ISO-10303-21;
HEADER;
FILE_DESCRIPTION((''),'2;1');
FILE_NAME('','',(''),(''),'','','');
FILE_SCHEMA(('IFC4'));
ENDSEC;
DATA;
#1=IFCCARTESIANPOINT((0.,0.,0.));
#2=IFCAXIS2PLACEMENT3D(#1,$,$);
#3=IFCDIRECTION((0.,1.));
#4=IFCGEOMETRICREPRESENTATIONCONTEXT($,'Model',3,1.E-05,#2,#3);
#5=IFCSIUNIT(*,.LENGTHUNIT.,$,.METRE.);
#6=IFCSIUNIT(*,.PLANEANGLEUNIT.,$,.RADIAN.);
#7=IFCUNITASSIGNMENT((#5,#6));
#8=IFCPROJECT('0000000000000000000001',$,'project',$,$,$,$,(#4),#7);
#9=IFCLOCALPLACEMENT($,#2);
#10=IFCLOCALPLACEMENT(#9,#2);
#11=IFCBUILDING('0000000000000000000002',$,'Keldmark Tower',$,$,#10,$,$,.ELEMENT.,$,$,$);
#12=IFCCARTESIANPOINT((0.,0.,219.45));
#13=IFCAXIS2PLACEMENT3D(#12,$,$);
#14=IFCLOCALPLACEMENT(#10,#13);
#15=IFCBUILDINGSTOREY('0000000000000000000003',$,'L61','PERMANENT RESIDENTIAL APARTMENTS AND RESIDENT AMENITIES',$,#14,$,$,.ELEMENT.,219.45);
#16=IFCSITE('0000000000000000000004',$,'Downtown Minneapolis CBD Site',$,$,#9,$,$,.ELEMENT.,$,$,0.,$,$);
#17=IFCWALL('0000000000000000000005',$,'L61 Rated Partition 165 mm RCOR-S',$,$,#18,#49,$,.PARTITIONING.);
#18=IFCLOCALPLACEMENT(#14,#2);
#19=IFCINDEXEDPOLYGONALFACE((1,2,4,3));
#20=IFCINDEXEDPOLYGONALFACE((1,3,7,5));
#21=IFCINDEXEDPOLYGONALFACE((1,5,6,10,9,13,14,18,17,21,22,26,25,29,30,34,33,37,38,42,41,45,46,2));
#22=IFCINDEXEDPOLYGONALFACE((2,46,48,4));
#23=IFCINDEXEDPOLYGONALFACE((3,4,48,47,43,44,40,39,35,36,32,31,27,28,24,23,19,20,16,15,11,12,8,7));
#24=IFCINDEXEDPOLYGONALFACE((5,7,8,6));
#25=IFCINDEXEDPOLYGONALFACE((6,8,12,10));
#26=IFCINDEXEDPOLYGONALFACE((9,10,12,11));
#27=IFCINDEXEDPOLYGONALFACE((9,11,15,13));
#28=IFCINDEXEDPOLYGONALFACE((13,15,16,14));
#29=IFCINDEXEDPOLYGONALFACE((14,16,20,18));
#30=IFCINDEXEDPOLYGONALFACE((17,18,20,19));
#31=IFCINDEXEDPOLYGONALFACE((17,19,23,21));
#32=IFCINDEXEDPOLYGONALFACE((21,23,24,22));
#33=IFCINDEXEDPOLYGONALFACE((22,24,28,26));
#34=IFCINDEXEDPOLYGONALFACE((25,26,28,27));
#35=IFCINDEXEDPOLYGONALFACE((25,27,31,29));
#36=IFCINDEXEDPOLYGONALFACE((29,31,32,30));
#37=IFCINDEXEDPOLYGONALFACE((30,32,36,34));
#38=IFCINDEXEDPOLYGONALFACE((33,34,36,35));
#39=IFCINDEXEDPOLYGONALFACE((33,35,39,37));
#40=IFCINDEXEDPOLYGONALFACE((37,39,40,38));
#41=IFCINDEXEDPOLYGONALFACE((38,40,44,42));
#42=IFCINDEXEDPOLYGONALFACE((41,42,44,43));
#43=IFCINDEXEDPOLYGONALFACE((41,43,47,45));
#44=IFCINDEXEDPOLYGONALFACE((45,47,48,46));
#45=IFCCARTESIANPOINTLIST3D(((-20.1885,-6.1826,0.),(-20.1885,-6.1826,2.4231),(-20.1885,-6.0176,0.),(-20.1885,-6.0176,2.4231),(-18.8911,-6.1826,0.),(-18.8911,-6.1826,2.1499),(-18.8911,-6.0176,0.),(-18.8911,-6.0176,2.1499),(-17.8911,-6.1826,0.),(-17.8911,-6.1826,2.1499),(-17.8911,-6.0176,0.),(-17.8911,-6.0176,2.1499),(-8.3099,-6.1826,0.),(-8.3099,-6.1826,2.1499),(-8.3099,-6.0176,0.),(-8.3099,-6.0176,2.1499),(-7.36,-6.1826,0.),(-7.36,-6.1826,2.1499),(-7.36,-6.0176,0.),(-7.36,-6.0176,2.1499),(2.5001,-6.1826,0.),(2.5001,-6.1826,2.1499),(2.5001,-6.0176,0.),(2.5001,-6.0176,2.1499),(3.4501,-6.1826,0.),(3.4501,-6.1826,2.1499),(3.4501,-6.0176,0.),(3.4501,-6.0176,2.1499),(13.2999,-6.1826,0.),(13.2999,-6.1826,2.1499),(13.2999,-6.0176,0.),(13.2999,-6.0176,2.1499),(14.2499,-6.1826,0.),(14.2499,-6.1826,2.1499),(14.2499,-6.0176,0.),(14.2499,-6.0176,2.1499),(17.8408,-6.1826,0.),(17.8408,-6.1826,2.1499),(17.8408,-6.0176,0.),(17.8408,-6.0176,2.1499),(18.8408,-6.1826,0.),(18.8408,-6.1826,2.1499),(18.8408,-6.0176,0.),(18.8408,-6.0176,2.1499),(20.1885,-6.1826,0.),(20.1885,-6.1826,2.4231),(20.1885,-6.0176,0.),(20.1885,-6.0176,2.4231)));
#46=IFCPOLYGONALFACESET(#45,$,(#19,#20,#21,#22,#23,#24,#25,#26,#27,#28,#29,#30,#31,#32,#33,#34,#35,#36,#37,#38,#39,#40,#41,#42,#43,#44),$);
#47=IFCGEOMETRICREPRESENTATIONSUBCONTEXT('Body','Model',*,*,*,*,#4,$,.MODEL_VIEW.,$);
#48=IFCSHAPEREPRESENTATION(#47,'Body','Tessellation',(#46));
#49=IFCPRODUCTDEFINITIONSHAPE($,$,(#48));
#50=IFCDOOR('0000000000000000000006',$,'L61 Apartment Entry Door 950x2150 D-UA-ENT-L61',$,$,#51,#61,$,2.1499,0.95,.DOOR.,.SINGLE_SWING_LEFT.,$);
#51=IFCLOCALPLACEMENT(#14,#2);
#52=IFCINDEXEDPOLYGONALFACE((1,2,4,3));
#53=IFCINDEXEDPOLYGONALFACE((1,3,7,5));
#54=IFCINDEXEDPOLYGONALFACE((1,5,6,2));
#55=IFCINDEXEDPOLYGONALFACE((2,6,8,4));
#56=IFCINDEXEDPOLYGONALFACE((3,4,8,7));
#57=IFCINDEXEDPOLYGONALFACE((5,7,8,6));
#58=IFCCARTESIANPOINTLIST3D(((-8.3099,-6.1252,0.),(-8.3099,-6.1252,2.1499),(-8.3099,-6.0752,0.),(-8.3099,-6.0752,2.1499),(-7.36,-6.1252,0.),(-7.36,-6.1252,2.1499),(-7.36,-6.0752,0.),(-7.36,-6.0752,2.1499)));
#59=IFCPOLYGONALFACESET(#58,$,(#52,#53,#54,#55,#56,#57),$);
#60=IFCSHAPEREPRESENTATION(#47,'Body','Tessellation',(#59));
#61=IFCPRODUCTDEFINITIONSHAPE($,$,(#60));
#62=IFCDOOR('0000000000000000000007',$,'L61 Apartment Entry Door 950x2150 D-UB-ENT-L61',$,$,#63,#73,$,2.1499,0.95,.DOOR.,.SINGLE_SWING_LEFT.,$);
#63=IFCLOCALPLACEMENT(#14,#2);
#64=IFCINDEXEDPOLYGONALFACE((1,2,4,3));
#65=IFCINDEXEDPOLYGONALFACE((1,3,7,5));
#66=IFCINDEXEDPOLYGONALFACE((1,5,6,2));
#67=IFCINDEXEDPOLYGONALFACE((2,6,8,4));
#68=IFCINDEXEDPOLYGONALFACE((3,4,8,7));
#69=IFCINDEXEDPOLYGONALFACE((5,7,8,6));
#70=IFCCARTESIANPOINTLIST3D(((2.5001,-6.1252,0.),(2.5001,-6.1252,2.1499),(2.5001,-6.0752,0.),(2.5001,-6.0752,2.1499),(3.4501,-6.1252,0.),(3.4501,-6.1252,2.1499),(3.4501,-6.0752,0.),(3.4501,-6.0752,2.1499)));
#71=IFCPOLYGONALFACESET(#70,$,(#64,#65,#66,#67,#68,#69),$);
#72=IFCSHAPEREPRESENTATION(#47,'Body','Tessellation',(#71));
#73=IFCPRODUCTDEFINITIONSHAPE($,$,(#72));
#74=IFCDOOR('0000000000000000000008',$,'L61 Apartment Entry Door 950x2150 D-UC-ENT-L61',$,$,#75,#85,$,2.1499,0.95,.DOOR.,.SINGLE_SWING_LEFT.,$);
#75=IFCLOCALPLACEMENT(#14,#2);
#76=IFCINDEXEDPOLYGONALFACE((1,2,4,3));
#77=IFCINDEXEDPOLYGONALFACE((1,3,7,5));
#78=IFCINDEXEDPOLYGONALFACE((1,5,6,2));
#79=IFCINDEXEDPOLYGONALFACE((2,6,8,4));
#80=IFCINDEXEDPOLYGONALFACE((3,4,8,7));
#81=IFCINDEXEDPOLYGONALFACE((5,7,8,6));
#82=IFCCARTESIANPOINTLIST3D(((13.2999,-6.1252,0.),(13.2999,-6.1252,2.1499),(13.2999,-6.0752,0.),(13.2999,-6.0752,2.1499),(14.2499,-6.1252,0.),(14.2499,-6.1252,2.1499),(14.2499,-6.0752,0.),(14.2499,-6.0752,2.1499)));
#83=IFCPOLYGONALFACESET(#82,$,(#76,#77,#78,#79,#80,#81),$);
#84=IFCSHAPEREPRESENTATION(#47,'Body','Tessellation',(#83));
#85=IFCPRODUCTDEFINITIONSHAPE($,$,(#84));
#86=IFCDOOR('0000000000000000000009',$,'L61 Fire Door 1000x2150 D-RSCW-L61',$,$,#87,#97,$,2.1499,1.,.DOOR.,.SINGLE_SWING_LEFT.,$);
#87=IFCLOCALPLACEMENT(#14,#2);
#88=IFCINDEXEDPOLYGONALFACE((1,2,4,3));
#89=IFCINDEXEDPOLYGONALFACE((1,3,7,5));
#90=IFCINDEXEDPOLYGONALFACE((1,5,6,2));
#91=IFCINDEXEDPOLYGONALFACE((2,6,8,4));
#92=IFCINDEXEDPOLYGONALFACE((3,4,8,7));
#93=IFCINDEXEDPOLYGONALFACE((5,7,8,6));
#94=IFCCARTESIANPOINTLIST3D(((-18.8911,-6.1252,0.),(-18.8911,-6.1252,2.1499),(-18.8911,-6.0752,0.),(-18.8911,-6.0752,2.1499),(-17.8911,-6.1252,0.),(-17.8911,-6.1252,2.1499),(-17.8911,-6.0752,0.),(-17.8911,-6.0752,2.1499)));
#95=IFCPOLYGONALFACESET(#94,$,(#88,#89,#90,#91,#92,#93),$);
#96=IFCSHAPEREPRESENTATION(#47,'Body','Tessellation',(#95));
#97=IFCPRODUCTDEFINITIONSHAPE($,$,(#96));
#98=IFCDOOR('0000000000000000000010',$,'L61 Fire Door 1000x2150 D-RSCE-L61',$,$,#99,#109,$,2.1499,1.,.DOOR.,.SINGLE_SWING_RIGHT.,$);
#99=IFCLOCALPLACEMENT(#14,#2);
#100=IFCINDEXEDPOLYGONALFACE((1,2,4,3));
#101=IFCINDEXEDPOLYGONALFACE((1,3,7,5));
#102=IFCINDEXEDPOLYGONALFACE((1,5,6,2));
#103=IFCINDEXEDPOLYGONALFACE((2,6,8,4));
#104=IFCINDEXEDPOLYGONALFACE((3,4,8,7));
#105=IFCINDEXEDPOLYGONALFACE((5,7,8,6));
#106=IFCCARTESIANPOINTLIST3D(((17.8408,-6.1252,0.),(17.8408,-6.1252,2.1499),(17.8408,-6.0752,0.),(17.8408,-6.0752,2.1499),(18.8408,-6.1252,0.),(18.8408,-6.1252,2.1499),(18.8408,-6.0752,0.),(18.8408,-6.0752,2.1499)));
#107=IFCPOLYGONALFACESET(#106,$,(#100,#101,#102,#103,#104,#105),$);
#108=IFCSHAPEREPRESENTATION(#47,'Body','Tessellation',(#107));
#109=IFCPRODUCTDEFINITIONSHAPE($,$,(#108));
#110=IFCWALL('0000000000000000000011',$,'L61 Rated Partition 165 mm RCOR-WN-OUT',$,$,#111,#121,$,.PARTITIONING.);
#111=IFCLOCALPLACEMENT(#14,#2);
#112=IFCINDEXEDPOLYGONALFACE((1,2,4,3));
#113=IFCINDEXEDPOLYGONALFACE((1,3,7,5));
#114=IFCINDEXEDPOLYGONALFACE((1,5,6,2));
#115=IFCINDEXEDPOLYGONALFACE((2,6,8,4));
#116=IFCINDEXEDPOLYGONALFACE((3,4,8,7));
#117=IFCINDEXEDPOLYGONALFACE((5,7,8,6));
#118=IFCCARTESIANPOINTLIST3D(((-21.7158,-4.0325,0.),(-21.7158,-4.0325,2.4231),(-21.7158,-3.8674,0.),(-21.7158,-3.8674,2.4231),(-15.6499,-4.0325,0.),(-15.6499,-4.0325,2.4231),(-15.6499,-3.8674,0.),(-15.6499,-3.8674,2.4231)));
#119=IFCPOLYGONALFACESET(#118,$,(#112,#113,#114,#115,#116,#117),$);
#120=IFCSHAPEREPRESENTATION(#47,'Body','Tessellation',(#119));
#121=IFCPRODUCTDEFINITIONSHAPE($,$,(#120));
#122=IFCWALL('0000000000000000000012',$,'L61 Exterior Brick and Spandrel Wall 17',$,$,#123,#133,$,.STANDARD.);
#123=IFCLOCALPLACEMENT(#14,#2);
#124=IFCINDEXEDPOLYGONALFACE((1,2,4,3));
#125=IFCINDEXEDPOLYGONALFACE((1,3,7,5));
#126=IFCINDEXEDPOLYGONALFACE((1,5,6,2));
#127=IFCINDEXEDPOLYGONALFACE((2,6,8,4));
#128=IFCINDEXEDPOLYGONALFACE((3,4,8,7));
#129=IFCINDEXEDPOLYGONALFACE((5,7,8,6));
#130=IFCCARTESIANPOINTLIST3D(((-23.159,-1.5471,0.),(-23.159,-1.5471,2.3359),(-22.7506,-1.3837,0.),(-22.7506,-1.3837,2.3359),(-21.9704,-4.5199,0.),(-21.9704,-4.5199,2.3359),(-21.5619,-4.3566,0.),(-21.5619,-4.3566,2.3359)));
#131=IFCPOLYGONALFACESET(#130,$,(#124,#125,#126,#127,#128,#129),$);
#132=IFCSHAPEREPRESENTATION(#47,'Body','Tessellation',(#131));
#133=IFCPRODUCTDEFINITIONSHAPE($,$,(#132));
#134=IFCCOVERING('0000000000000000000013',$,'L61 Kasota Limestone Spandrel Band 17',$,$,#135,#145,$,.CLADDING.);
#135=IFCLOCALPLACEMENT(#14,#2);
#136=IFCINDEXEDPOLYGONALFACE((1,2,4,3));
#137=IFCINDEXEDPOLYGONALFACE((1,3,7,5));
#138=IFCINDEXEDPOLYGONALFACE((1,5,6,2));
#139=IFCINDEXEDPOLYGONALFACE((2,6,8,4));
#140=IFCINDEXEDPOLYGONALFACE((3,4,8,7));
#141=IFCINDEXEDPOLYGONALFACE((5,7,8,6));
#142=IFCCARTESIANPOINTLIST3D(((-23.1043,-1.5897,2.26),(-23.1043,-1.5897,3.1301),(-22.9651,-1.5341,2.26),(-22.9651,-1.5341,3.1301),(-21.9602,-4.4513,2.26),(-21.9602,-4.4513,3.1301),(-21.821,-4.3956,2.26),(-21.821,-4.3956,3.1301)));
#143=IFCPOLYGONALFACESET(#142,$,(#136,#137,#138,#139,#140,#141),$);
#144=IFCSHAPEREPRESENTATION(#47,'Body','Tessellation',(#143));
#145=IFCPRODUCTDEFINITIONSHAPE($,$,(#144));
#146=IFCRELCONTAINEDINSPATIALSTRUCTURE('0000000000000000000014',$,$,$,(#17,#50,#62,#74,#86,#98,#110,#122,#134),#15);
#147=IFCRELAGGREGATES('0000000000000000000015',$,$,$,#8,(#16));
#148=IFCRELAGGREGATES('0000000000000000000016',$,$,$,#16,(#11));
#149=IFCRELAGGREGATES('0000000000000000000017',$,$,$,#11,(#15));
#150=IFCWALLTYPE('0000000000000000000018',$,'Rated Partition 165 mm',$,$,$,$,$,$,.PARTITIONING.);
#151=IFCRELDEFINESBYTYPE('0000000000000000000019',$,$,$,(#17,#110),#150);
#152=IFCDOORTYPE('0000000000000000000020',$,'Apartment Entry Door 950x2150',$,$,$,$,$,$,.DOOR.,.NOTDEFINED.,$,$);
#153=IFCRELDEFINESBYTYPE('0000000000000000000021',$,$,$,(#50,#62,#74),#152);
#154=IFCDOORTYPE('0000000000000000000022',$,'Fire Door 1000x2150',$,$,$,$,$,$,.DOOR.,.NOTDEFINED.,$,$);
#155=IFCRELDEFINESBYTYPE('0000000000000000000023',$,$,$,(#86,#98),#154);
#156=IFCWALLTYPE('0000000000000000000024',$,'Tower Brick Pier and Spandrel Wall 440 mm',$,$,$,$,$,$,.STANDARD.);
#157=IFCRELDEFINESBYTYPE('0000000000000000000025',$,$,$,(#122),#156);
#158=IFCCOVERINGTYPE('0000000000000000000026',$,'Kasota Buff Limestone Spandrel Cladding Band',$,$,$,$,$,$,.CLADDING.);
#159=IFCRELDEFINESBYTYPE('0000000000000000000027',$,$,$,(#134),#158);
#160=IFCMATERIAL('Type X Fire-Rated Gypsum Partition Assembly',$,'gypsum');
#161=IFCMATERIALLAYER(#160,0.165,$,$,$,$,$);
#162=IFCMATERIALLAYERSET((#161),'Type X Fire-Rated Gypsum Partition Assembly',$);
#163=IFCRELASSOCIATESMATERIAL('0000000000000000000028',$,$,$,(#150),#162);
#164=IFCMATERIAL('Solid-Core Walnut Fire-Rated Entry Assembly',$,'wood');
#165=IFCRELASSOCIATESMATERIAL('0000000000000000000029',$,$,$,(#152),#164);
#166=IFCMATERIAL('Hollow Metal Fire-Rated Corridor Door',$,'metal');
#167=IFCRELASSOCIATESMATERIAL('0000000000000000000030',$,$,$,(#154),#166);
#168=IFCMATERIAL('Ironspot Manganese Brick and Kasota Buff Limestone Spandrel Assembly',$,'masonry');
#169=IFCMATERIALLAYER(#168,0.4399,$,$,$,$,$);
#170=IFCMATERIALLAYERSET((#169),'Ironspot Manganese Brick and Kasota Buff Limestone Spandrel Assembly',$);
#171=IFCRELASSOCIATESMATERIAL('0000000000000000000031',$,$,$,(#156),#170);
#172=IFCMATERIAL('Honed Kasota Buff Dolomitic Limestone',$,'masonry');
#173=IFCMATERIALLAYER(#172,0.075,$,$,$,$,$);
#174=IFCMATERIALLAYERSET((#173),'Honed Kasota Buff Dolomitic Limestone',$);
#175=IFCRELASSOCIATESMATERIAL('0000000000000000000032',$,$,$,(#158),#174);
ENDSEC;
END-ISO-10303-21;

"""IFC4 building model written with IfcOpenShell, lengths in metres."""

from ifc_helpers import new_model, si_unit, direction, frame, frame_2d, origin, origin_2d, place, context, subcontext, project, spatial, rectangle, extrude, material, layer, layer_set, type_object, element, fill, save


model = new_model("IFC4")

# Units and contexts
model_context = context("Model", 3, precision=1e-05, world=origin(), true_north=direction((0.0, 1.0)))
body_context = subcontext(model_context, "Body", "Model", "MODEL_VIEW")
ifc_project = project(units=[si_unit("LENGTHUNIT", "METRE"), si_unit("PLANEANGLEUNIT", "RADIAN")], contexts=[model_context])

# Site, building, storey
site_placement = place(None, origin())
site = spatial("IfcSite", under=ifc_project, at=site_placement, Name="Downtown Minneapolis CBD Site", CompositionType="ELEMENT", RefElevation=0.0)
building_placement = place(site_placement, origin())
building = spatial("IfcBuilding", under=site, at=building_placement, Name="Keldmark Tower", CompositionType="ELEMENT")
storey_placement = place(building_placement, frame((0.0, 0.0, 219.45)))
storey = spatial("IfcBuildingStorey", under=building, at=storey_placement, Name="L61", Description="PERMANENT RESIDENTIAL APARTMENTS AND RESIDENT AMENITIES", CompositionType="ELEMENT", Elevation=219.45)

# Wall, openings, doors
ifc_material_1 = material(Name="Type X Fire-Rated Gypsum Partition Assembly", Category="gypsum")
ifc_layer_1 = layer(ifc_material_1, 0.165)
ifc_layer_set_1 = layer_set([ifc_layer_1], Name="Type X Fire-Rated Gypsum Partition Assembly")
wall_type_1 = type_object("IfcWallType", Name="Rated Partition 165 mm", PredefinedType="PARTITIONING", material=ifc_layer_set_1)
wall_1_placement = place(storey_placement, frame((-20.1885, -6.1001, 0.0), z_axis=(0.0, 0.0, 1.0), x_axis=(1.0, 0.0, 0.0)))
wall_1 = element("IfcWall", 1, at=wall_1_placement, inside=storey, type_object=wall_type_1, Name="L61 Rated Partition 165 mm RCOR-S", PredefinedType="PARTITIONING", context=body_context, shape_type="SweptSolid", body=[
    extrude(rectangle(XDim=40.377, YDim=0.165, at=frame_2d((20.1885, 0.0))), origin(), (0.0, 0.0, 1.0), 2.4231),
])
opening_1_placement = place(wall_1_placement, frame((1.2974, 0.0, 0.0)))
opening_1 = element("IfcOpeningElement", 2, at=opening_1_placement, cuts=wall_1, PredefinedType="OPENING", context=body_context, shape_type="SweptSolid", body=[
    extrude(rectangle(XDim=1.0, YDim=2.1499, at=frame_2d((0.5, 1.075))), frame((0.0, 0.0925, 0.0), z_axis=(0.0, -1.0, 0.0), x_axis=(1.0, 0.0, 0.0)), (0.0, 0.0, 1.0), 0.1851),
])
opening_2_placement = place(wall_1_placement, frame((38.0293, 0.0, 0.0)))
opening_2 = element("IfcOpeningElement", 3, at=opening_2_placement, cuts=wall_1, PredefinedType="OPENING", context=body_context, shape_type="SweptSolid", body=[
    extrude(rectangle(XDim=1.0, YDim=2.1499, at=frame_2d((0.5, 1.075))), frame((0.0, 0.0925, 0.0), z_axis=(0.0, -1.0, 0.0), x_axis=(1.0, 0.0, 0.0)), (0.0, 0.0, 1.0), 0.1851),
])
opening_3_placement = place(wall_1_placement, frame((11.8784, 0.0, 0.0)))
opening_3 = element("IfcOpeningElement", 4, at=opening_3_placement, cuts=wall_1, PredefinedType="OPENING", context=body_context, shape_type="SweptSolid", body=[
    extrude(rectangle(XDim=0.95, YDim=2.1499, at=frame_2d((0.4751, 1.075))), frame((0.0, 0.0925, 0.0), z_axis=(0.0, -1.0, 0.0), x_axis=(1.0, 0.0, 0.0)), (0.0, 0.0, 1.0), 0.1851),
])
opening_4_placement = place(wall_1_placement, frame((22.6885, 0.0, 0.0)))
opening_4 = element("IfcOpeningElement", 5, at=opening_4_placement, cuts=wall_1, PredefinedType="OPENING", context=body_context, shape_type="SweptSolid", body=[
    extrude(rectangle(XDim=0.95, YDim=2.1499, at=frame_2d((0.4751, 1.075))), frame((0.0, 0.0925, 0.0), z_axis=(0.0, -1.0, 0.0), x_axis=(1.0, 0.0, 0.0)), (0.0, 0.0, 1.0), 0.1851),
])
opening_5_placement = place(wall_1_placement, frame((33.4883, 0.0, 0.0)))
opening_5 = element("IfcOpeningElement", 6, at=opening_5_placement, cuts=wall_1, PredefinedType="OPENING", context=body_context, shape_type="SweptSolid", body=[
    extrude(rectangle(XDim=0.95, YDim=2.1499, at=frame_2d((0.4751, 1.075))), frame((0.0, 0.0925, 0.0), z_axis=(0.0, -1.0, 0.0), x_axis=(1.0, 0.0, 0.0)), (0.0, 0.0, 1.0), 0.1851),
])
ifc_material_2 = material(Name="Solid-Core Walnut Fire-Rated Entry Assembly", Category="wood")
door_type_1 = type_object("IfcDoorType", Name="Apartment Entry Door 950x2150", OperationType="NOTDEFINED", PredefinedType="DOOR", material=ifc_material_2)
door_1_placement = place(opening_3_placement, origin())
door_1 = element("IfcDoor", 7, at=door_1_placement, inside=storey, type_object=door_type_1, Name="L61 Apartment Entry Door 950x2150 D-UA-ENT-L61", OperationType="SINGLE_SWING_LEFT", OverallHeight=2.1499, OverallWidth=0.95, PredefinedType="DOOR", context=body_context, shape_type="SweptSolid", body=[
    extrude(rectangle(XDim=0.95, YDim=2.1499, at=frame_2d((0.4751, 1.075))), frame((0.0, 0.0249, 0.0), z_axis=(0.0, -1.0, 0.0), x_axis=(1.0, 0.0, 0.0)), (0.0, 0.0, 1.0), 0.05),
])
fill(opening_3, door_1)
door_2_placement = place(opening_4_placement, origin())
door_2 = element("IfcDoor", 8, at=door_2_placement, inside=storey, type_object=door_type_1, Name="L61 Apartment Entry Door 950x2150 D-UB-ENT-L61", OperationType="SINGLE_SWING_LEFT", OverallHeight=2.1499, OverallWidth=0.95, PredefinedType="DOOR", context=body_context, shape_type="SweptSolid", body=[
    extrude(rectangle(XDim=0.95, YDim=2.1499, at=frame_2d((0.4751, 1.075))), frame((0.0, 0.0249, 0.0), z_axis=(0.0, -1.0, 0.0), x_axis=(1.0, 0.0, 0.0)), (0.0, 0.0, 1.0), 0.05),
])
fill(opening_4, door_2)
door_3_placement = place(opening_5_placement, origin())
door_3 = element("IfcDoor", 9, at=door_3_placement, inside=storey, type_object=door_type_1, Name="L61 Apartment Entry Door 950x2150 D-UC-ENT-L61", OperationType="SINGLE_SWING_LEFT", OverallHeight=2.1499, OverallWidth=0.95, PredefinedType="DOOR", context=body_context, shape_type="SweptSolid", body=[
    extrude(rectangle(XDim=0.95, YDim=2.1499, at=frame_2d((0.4751, 1.075))), frame((0.0, 0.0249, 0.0), z_axis=(0.0, -1.0, 0.0), x_axis=(1.0, 0.0, 0.0)), (0.0, 0.0, 1.0), 0.05),
])
fill(opening_5, door_3)
ifc_material_3 = material(Name="Hollow Metal Fire-Rated Corridor Door", Category="metal")
door_type_2 = type_object("IfcDoorType", Name="Fire Door 1000x2150", OperationType="NOTDEFINED", PredefinedType="DOOR", material=ifc_material_3)
door_4_placement = place(opening_1_placement, origin())
door_4 = element("IfcDoor", 10, at=door_4_placement, inside=storey, type_object=door_type_2, Name="L61 Fire Door 1000x2150 D-RSCW-L61", OperationType="SINGLE_SWING_LEFT", OverallHeight=2.1499, OverallWidth=1.0, PredefinedType="DOOR", context=body_context, shape_type="SweptSolid", body=[
    extrude(rectangle(XDim=1.0, YDim=2.1499, at=frame_2d((0.5, 1.075))), frame((0.0, 0.0249, 0.0), z_axis=(0.0, -1.0, 0.0), x_axis=(1.0, 0.0, 0.0)), (0.0, 0.0, 1.0), 0.05),
])
fill(opening_1, door_4)
door_5_placement = place(opening_2_placement, origin())
door_5 = element("IfcDoor", 11, at=door_5_placement, inside=storey, type_object=door_type_2, Name="L61 Fire Door 1000x2150 D-RSCE-L61", OperationType="SINGLE_SWING_RIGHT", OverallHeight=2.1499, OverallWidth=1.0, PredefinedType="DOOR", context=body_context, shape_type="SweptSolid", body=[
    extrude(rectangle(XDim=1.0, YDim=2.1499, at=frame_2d((0.5, 1.075))), frame((0.0, 0.0249, 0.0), z_axis=(0.0, -1.0, 0.0), x_axis=(1.0, 0.0, 0.0)), (0.0, 0.0, 1.0), 0.05),
])
fill(opening_2, door_5)

# Wall
wall_2_placement = place(storey_placement, frame((-21.7158, -3.95, 0.0), z_axis=(0.0, 0.0, 1.0), x_axis=(1.0, 0.0, 0.0)))
element("IfcWall", 12, at=wall_2_placement, inside=storey, type_object=wall_type_1, Name="L61 Rated Partition 165 mm RCOR-WN-OUT", PredefinedType="PARTITIONING", context=body_context, shape_type="SweptSolid", body=[
    extrude(rectangle(XDim=6.0659, YDim=0.165, at=frame_2d((3.033, 0.0))), origin(), (0.0, 0.0, 1.0), 2.4231),
])

# Wall
ifc_material_4 = material(Name="Ironspot Manganese Brick and Kasota Buff Limestone Spandrel Assembly", Category="masonry")
ifc_layer_2 = layer(ifc_material_4, 0.4399)
ifc_layer_set_2 = layer_set([ifc_layer_2], Name="Ironspot Manganese Brick and Kasota Buff Limestone Spandrel Assembly")
wall_type_2 = type_object("IfcWallType", Name="Tower Brick Pier and Spandrel Wall 440 mm", PredefinedType="STANDARD", material=ifc_layer_set_2)
wall_3_placement = place(storey_placement, frame((-21.7661, -4.4382, 0.0), z_axis=(0.0, 0.0, 1.0), x_axis=(-0.371272, 0.928524, 0.0)))
element("IfcWall", 13, at=wall_3_placement, inside=storey, type_object=wall_type_2, Name="L61 Exterior Brick and Spandrel Wall 17", PredefinedType="STANDARD", context=body_context, shape_type="SweptSolid", body=[
    extrude(rectangle(XDim=3.2017, YDim=0.4399, at=frame_2d((1.6008, 0.0))), origin(), (0.0, 0.0, 1.0), 2.3359),
])

# Covering
ifc_material_5 = material(Name="Honed Kasota Buff Dolomitic Limestone", Category="masonry")
ifc_layer_3 = layer(ifc_material_5, 0.075)
ifc_layer_set_3 = layer_set([ifc_layer_3], Name="Honed Kasota Buff Dolomitic Limestone")
covering_type = type_object("IfcCoveringType", Name="Kasota Buff Limestone Spandrel Cladding Band", PredefinedType="CLADDING", material=ifc_layer_set_3)
covering_placement = place(storey_placement, frame((-22.4626, -2.9927, 2.26), z_axis=(0.0, 0.0, 1.0), x_axis=(0.371222, -0.928544, 0.0)))
element("IfcCovering", 14, at=covering_placement, inside=storey, type_object=covering_type, Name="L61 Kasota Limestone Spandrel Band 17", PredefinedType="CLADDING", context=body_context, shape_type="SweptSolid", body=[
    extrude(rectangle(XDim=3.0818, YDim=0.1499, at=origin_2d()), origin(), (0.0, 0.0, 1.0), 0.8701),
])

save(model, "model.ifc")
